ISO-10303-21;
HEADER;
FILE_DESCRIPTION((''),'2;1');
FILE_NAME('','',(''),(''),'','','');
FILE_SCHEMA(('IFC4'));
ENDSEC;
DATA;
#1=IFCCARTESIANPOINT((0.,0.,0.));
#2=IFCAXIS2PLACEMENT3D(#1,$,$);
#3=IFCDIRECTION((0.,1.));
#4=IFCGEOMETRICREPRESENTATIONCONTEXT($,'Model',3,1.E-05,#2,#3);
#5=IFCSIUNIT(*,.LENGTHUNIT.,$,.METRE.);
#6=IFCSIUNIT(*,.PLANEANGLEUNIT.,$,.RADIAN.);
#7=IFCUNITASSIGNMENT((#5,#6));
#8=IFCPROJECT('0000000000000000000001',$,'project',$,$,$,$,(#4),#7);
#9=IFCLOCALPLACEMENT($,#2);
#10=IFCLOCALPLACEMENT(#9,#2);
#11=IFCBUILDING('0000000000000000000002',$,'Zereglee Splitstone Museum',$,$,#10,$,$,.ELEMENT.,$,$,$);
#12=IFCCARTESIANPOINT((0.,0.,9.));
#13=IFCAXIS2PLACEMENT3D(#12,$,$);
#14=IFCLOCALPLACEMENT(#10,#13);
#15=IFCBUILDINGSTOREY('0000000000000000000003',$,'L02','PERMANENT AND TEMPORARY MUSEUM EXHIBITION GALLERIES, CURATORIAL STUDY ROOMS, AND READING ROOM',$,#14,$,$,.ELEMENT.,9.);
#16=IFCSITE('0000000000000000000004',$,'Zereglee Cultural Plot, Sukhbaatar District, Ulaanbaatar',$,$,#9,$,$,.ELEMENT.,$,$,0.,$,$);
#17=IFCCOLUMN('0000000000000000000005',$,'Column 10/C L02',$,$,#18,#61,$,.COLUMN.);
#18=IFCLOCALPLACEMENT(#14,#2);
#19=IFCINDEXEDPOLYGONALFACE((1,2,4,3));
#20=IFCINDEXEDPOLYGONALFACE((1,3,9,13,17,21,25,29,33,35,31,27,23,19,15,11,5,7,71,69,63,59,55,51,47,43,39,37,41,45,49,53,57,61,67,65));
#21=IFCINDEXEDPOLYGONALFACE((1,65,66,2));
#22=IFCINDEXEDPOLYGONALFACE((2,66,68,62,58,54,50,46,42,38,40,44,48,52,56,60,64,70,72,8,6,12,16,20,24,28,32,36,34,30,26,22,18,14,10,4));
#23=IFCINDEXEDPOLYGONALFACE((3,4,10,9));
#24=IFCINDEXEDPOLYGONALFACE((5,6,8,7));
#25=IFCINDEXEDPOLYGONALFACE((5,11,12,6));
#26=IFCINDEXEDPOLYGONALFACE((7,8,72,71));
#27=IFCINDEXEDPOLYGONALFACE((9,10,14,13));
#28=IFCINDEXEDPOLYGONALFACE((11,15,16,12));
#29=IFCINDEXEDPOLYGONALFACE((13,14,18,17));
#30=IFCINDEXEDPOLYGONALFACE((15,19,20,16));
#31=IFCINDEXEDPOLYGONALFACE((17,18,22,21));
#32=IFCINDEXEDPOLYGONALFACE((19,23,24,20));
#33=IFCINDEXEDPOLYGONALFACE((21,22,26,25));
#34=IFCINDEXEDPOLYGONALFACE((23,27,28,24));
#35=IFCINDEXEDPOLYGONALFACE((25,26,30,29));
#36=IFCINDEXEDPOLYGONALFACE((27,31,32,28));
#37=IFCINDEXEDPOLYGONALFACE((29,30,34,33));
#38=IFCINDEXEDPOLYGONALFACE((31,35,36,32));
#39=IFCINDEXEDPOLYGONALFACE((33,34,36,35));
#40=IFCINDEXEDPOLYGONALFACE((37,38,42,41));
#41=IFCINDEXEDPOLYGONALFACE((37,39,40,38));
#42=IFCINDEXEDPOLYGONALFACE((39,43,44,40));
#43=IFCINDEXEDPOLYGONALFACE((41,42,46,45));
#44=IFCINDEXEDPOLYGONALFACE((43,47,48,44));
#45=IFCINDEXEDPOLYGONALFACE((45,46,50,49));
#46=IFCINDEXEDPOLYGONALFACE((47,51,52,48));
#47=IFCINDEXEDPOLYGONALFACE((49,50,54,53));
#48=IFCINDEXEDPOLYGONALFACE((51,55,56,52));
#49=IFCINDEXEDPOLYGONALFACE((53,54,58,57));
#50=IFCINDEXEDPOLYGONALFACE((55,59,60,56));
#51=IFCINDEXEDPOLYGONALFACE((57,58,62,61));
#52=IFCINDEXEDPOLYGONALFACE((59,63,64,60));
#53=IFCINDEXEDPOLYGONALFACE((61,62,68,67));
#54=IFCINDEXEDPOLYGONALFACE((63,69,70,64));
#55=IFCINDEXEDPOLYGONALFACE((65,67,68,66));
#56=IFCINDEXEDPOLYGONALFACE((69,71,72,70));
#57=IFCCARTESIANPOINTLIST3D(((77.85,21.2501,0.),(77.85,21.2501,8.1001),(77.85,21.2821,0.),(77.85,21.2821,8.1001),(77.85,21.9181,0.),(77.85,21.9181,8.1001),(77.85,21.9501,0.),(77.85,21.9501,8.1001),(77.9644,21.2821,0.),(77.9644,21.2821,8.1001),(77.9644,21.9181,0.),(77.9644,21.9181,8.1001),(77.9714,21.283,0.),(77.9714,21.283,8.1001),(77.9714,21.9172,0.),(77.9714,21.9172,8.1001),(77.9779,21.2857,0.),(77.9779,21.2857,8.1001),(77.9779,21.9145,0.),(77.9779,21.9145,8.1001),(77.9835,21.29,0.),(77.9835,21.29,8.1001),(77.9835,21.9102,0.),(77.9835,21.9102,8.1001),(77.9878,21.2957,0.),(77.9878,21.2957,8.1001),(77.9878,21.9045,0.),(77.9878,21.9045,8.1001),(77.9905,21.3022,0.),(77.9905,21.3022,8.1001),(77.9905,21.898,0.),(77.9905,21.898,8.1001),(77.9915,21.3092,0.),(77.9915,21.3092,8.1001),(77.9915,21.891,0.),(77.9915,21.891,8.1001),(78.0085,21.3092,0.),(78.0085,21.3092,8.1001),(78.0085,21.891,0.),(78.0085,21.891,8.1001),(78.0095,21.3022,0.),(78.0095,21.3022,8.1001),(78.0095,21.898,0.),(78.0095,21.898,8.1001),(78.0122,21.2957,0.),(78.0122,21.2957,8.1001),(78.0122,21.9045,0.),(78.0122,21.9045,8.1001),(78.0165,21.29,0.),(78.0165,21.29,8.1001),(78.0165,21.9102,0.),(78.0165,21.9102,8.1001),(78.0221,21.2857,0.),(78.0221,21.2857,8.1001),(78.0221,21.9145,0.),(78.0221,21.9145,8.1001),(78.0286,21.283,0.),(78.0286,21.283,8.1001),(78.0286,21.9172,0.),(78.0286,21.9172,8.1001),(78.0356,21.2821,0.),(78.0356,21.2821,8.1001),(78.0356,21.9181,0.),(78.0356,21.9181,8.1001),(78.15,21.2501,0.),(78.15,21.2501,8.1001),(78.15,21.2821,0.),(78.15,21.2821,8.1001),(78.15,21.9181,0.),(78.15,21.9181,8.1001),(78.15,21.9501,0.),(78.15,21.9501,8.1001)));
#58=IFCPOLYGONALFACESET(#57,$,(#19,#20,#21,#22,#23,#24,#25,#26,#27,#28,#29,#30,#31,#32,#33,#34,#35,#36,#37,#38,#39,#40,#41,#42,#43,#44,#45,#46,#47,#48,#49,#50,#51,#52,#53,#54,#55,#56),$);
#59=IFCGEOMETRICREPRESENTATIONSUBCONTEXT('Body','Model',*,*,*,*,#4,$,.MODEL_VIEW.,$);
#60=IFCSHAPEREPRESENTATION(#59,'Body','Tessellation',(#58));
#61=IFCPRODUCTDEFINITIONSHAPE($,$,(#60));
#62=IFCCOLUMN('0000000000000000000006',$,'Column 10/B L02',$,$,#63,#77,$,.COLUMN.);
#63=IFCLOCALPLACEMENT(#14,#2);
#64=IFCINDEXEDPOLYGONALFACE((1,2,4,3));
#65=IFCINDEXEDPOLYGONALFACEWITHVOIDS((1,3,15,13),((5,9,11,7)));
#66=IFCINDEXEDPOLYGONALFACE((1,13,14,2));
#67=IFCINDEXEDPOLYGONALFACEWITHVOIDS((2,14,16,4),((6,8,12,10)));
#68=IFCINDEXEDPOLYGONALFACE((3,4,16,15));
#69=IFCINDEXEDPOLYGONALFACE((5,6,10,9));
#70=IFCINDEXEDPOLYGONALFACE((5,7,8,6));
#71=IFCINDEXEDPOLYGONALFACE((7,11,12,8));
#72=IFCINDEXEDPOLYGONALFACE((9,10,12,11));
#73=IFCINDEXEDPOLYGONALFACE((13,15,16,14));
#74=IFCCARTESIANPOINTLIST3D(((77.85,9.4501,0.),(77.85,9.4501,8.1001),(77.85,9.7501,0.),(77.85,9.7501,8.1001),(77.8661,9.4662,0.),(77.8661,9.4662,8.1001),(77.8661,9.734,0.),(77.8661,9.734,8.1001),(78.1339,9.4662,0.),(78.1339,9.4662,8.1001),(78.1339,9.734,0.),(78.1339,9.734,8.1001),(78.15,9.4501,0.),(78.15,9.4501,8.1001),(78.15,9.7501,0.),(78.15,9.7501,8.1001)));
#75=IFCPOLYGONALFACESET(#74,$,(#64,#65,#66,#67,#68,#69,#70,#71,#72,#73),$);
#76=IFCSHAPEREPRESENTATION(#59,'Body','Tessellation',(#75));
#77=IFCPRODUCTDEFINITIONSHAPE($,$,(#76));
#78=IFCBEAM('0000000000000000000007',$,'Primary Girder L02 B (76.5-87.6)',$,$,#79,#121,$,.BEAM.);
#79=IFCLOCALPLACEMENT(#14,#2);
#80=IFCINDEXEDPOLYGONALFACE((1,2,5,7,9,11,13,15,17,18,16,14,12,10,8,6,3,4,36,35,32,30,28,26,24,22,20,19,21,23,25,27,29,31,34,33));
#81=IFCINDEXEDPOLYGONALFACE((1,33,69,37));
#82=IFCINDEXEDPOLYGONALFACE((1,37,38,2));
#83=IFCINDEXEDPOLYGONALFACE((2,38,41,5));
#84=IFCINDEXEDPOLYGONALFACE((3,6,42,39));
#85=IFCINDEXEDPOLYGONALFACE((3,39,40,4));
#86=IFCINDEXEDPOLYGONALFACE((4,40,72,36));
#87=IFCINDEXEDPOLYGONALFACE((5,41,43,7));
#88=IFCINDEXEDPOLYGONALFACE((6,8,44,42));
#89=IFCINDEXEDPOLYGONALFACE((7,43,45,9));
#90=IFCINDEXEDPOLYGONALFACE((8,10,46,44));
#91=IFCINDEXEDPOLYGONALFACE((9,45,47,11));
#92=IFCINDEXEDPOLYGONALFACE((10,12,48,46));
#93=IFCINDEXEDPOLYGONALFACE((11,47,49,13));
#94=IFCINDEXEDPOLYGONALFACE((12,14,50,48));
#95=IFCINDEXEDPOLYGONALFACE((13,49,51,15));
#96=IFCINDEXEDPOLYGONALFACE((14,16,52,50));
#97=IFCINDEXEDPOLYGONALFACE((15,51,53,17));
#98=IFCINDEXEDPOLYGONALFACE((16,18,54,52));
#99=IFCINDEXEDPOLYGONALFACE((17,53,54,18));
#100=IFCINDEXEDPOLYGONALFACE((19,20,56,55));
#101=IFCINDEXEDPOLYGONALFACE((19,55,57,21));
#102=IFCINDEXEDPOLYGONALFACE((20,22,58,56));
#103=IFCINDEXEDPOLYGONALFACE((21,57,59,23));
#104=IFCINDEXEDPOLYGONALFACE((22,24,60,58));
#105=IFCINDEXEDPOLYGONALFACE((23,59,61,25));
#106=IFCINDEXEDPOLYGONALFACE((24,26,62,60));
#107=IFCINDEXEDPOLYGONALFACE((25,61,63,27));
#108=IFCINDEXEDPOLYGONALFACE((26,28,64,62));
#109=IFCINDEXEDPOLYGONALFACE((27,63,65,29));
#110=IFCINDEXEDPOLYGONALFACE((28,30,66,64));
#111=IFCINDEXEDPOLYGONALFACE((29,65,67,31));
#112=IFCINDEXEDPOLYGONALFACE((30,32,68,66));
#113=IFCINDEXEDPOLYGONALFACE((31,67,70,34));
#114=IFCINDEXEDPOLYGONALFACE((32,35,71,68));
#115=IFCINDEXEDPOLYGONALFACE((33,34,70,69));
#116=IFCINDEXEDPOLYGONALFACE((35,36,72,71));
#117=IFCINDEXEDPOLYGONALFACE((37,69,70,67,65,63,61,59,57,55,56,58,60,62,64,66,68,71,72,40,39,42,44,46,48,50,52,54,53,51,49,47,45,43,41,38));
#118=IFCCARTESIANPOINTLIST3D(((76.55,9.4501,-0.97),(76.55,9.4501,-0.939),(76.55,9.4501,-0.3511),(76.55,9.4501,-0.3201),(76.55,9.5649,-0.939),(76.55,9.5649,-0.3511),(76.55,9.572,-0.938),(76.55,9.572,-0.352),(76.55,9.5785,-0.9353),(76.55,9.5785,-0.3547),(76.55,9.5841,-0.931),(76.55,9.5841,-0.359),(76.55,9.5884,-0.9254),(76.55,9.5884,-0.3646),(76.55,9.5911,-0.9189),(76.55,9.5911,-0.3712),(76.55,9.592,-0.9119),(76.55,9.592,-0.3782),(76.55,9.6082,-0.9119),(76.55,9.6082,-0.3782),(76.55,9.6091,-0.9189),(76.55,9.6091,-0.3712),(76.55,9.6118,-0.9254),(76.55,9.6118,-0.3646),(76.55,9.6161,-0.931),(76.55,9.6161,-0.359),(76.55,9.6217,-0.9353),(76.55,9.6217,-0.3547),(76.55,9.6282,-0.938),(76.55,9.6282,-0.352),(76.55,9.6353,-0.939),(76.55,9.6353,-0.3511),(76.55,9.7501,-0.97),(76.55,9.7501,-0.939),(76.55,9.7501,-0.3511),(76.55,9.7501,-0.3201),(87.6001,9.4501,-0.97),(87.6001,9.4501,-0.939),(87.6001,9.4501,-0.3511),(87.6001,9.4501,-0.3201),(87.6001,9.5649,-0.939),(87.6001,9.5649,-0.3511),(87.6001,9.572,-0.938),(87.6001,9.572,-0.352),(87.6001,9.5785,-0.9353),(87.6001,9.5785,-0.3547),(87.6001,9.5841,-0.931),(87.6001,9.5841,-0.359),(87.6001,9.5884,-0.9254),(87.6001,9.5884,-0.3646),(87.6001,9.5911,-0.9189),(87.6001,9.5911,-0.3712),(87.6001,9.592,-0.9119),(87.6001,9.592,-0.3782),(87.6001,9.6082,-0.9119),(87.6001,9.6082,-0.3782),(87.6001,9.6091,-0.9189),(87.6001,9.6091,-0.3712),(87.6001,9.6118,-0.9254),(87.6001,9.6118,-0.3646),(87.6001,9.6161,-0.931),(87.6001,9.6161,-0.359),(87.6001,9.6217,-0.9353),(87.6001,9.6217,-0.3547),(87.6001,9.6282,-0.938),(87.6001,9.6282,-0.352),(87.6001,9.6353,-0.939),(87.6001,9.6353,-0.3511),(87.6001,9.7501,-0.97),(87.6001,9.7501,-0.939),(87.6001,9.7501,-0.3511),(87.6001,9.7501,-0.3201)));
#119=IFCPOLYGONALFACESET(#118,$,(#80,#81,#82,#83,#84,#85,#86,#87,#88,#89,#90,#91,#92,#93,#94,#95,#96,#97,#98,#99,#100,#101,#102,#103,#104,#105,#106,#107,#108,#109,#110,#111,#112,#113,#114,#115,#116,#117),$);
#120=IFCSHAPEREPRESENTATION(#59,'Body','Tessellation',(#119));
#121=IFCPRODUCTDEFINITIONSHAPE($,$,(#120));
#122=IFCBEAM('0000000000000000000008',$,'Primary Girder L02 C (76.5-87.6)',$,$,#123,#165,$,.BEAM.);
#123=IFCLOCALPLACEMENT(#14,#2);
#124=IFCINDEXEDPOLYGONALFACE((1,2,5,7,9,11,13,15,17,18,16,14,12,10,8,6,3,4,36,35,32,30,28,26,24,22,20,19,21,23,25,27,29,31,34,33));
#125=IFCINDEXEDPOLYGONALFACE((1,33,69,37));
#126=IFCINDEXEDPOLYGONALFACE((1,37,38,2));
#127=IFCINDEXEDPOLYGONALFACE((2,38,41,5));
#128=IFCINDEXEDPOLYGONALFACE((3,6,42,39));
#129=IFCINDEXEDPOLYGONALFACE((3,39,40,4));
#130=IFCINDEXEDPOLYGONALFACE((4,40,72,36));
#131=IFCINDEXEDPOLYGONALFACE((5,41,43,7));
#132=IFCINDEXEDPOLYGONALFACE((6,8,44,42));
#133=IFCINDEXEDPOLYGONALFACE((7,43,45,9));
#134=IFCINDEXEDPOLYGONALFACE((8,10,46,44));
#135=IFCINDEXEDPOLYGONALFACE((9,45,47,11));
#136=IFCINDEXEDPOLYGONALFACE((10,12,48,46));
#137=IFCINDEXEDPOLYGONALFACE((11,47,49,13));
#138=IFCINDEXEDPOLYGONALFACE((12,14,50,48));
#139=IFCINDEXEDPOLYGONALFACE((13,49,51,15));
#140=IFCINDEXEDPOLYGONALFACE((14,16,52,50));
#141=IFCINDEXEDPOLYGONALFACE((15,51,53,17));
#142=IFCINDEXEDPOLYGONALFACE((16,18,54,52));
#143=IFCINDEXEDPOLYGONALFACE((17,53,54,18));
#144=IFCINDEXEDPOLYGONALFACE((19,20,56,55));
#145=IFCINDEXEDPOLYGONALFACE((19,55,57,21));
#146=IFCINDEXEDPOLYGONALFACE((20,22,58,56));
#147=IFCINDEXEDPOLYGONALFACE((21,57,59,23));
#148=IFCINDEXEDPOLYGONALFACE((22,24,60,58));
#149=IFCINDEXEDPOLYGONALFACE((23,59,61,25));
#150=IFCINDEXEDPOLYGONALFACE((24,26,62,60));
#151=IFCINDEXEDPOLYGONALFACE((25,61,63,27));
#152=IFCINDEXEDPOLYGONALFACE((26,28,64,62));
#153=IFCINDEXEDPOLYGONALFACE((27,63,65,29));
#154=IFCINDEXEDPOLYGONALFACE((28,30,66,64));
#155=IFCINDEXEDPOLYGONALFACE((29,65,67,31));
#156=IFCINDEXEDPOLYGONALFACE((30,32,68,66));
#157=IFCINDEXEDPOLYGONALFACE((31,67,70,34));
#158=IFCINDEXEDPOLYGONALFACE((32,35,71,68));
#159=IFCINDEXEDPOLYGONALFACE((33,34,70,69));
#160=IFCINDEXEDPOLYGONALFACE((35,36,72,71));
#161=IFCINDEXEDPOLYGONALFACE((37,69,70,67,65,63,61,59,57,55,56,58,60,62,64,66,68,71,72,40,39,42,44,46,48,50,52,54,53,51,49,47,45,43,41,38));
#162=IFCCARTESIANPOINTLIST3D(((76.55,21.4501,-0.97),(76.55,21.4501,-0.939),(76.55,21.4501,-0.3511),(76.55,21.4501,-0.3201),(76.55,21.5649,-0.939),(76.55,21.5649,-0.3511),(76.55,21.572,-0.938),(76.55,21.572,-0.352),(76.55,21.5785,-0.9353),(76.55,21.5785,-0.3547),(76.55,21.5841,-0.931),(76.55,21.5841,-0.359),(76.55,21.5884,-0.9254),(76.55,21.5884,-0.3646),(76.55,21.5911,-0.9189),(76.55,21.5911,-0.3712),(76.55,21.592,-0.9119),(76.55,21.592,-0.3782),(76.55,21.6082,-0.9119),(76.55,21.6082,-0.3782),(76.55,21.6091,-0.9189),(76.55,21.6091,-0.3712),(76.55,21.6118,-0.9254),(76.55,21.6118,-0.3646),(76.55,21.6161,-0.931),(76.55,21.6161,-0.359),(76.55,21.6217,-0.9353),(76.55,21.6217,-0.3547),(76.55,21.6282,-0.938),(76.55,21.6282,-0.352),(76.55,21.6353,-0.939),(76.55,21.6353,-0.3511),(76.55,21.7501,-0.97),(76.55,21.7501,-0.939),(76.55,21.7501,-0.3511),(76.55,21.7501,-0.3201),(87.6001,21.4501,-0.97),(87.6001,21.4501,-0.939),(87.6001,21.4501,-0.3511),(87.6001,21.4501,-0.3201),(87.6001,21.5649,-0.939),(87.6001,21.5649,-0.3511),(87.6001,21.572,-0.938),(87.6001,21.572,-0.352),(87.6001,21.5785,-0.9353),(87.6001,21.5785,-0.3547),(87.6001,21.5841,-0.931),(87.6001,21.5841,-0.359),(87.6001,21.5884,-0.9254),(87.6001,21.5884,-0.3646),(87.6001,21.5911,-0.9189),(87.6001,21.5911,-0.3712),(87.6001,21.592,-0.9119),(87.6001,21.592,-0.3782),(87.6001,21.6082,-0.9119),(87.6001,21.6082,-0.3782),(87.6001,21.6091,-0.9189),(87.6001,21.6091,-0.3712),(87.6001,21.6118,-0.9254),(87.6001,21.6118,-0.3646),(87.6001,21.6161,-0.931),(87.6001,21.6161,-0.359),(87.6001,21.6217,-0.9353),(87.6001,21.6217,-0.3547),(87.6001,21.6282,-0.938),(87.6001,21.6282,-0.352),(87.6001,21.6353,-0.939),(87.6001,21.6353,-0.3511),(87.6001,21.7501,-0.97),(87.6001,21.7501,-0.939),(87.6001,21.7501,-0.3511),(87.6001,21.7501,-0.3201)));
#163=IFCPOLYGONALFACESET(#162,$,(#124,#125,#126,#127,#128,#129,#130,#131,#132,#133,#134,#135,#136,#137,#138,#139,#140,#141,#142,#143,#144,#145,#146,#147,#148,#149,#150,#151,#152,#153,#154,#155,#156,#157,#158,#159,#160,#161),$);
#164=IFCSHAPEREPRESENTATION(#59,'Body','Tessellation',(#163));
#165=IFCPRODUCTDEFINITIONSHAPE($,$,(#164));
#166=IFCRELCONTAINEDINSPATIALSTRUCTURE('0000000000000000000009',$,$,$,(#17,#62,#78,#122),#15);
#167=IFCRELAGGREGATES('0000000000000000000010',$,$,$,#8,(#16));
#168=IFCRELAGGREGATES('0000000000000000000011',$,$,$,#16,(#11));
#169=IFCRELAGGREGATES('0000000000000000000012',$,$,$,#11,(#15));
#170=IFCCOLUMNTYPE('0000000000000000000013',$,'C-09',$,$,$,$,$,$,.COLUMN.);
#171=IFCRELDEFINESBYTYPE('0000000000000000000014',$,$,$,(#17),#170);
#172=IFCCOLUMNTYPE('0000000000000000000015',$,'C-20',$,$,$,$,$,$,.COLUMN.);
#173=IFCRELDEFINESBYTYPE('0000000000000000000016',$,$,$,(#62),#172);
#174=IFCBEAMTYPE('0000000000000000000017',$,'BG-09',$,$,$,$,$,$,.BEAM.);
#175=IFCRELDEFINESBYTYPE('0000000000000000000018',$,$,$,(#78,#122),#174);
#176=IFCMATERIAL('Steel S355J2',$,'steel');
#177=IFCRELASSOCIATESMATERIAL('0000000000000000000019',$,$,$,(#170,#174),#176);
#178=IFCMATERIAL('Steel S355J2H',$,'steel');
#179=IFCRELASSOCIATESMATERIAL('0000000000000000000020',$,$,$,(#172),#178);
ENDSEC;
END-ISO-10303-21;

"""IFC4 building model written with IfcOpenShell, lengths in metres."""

from ifc_helpers import new_model, si_unit, direction, frame, origin, origin_2d, place, context, subcontext, project, spatial, hollow_rectangle, i_section, extrude, material, material_profile, profile_set, type_object, element, save


model = new_model("IFC4")

# Units and contexts
model_context = context("Model", 3, precision=1e-05, world=origin(), true_north=direction((0.0, 1.0)))
body_context = subcontext(model_context, "Body", "Model", "MODEL_VIEW")
ifc_project = project(units=[si_unit("LENGTHUNIT", "METRE"), si_unit("PLANEANGLEUNIT", "RADIAN")], contexts=[model_context])

# Site, building, storey
site_placement = place(None, origin())
site = spatial("IfcSite", under=ifc_project, at=site_placement, Name="Zereglee Cultural Plot, Sukhbaatar District, Ulaanbaatar", CompositionType="ELEMENT", RefElevation=0.0)
building_placement = place(site_placement, origin())
building = spatial("IfcBuilding", under=site, at=building_placement, Name="Zereglee Splitstone Museum", CompositionType="ELEMENT")
storey_placement = place(building_placement, frame((0.0, 0.0, 9.0)))
storey = spatial("IfcBuildingStorey", under=building, at=storey_placement, Name="L02", Description="PERMANENT AND TEMPORARY MUSEUM EXHIBITION GALLERIES, CURATORIAL STUDY ROOMS, AND READING ROOM", CompositionType="ELEMENT", Elevation=9.0)

# Columns
ifc_material_1 = material(Name="Steel S355J2", Category="steel")
ifc_material_profile_1 = material_profile(ifc_material_1, i_section(OverallWidth=0.3, OverallDepth=0.7, WebThickness=0.0171, FlangeThickness=0.032, FilletRadius=0.0271, at=origin_2d()), Name="HE 700 B")
ifc_profile_set_1 = profile_set([ifc_material_profile_1], Name="Steel S355J2")
column_type_1 = type_object("IfcColumnType", Name="C-09", PredefinedType="COLUMN", material=ifc_profile_set_1)
column_1_placement = place(storey_placement, frame((78.0, 21.6001, 0.0), z_axis=(0.0, 0.0, 1.0), x_axis=(1.0, 0.0, 0.0)))
element("IfcColumn", 1, at=column_1_placement, inside=storey, type_object=column_type_1, Name="Column 10/C L02", PredefinedType="COLUMN", context=body_context, shape_type="SweptSolid", body=[
    extrude(i_section(OverallWidth=0.3, OverallDepth=0.7, WebThickness=0.0171, FlangeThickness=0.032, FilletRadius=0.0271, at=origin_2d()), origin(), (0.0, 0.0, 1.0), 8.1001),
])
ifc_material_2 = material(Name="Steel S355J2H", Category="steel")
ifc_material_profile_2 = material_profile(ifc_material_2, hollow_rectangle(XDim=0.3, YDim=0.3, WallThickness=0.0161, at=origin_2d()), Name="SHS 300x300x16")
ifc_profile_set_2 = profile_set([ifc_material_profile_2], Name="Steel S355J2H")
column_type_2 = type_object("IfcColumnType", Name="C-20", PredefinedType="COLUMN", material=ifc_profile_set_2)
column_2_placement = place(storey_placement, frame((78.0, 9.6001, 0.0), z_axis=(0.0, 0.0, 1.0), x_axis=(1.0, 0.0, 0.0)))
element("IfcColumn", 2, at=column_2_placement, inside=storey, type_object=column_type_2, Name="Column 10/B L02", PredefinedType="COLUMN", context=body_context, shape_type="SweptSolid", body=[
    extrude(hollow_rectangle(XDim=0.3, YDim=0.3, WallThickness=0.0161, at=origin_2d()), origin(), (0.0, 0.0, 1.0), 8.1001),
])

# Beams
ifc_material_profile_3 = material_profile(ifc_material_1, i_section(OverallWidth=0.3, OverallDepth=0.6499, WebThickness=0.0161, FlangeThickness=0.031, FilletRadius=0.0271, at=origin_2d()), Name="HE 650 B")
ifc_profile_set_3 = profile_set([ifc_material_profile_3], Name="Steel S355J2")
beam_type_1 = type_object("IfcBeamType", Name="BG-09", PredefinedType="BEAM", material=ifc_profile_set_3)
for number, where, z_axis, x_axis, name in (
    (3, (76.55, 9.6001, -0.645), (1.0, 0.0, 0.0), (0.0, 1.0, 0.0), "Primary Girder L02 B (76.5-87.6)"),
    (4, (76.55, 21.6001, -0.645), (1.0, 0.0, 0.0), (0.0, 1.0, 0.0), "Primary Girder L02 C (76.5-87.6)"),
):
    element("IfcBeam", number, at=place(storey_placement, frame(where, z_axis=z_axis, x_axis=x_axis)), inside=storey, type_object=beam_type_1, Name=name, PredefinedType="BEAM", context=body_context, shape_type="SweptSolid", body=[
        extrude(i_section(OverallWidth=0.3, OverallDepth=0.6499, WebThickness=0.0161, FlangeThickness=0.031, FilletRadius=0.0271, at=origin_2d()), origin(), (0.0, 0.0, 1.0), 11.05),
    ])

save(model, "model.ifc")
